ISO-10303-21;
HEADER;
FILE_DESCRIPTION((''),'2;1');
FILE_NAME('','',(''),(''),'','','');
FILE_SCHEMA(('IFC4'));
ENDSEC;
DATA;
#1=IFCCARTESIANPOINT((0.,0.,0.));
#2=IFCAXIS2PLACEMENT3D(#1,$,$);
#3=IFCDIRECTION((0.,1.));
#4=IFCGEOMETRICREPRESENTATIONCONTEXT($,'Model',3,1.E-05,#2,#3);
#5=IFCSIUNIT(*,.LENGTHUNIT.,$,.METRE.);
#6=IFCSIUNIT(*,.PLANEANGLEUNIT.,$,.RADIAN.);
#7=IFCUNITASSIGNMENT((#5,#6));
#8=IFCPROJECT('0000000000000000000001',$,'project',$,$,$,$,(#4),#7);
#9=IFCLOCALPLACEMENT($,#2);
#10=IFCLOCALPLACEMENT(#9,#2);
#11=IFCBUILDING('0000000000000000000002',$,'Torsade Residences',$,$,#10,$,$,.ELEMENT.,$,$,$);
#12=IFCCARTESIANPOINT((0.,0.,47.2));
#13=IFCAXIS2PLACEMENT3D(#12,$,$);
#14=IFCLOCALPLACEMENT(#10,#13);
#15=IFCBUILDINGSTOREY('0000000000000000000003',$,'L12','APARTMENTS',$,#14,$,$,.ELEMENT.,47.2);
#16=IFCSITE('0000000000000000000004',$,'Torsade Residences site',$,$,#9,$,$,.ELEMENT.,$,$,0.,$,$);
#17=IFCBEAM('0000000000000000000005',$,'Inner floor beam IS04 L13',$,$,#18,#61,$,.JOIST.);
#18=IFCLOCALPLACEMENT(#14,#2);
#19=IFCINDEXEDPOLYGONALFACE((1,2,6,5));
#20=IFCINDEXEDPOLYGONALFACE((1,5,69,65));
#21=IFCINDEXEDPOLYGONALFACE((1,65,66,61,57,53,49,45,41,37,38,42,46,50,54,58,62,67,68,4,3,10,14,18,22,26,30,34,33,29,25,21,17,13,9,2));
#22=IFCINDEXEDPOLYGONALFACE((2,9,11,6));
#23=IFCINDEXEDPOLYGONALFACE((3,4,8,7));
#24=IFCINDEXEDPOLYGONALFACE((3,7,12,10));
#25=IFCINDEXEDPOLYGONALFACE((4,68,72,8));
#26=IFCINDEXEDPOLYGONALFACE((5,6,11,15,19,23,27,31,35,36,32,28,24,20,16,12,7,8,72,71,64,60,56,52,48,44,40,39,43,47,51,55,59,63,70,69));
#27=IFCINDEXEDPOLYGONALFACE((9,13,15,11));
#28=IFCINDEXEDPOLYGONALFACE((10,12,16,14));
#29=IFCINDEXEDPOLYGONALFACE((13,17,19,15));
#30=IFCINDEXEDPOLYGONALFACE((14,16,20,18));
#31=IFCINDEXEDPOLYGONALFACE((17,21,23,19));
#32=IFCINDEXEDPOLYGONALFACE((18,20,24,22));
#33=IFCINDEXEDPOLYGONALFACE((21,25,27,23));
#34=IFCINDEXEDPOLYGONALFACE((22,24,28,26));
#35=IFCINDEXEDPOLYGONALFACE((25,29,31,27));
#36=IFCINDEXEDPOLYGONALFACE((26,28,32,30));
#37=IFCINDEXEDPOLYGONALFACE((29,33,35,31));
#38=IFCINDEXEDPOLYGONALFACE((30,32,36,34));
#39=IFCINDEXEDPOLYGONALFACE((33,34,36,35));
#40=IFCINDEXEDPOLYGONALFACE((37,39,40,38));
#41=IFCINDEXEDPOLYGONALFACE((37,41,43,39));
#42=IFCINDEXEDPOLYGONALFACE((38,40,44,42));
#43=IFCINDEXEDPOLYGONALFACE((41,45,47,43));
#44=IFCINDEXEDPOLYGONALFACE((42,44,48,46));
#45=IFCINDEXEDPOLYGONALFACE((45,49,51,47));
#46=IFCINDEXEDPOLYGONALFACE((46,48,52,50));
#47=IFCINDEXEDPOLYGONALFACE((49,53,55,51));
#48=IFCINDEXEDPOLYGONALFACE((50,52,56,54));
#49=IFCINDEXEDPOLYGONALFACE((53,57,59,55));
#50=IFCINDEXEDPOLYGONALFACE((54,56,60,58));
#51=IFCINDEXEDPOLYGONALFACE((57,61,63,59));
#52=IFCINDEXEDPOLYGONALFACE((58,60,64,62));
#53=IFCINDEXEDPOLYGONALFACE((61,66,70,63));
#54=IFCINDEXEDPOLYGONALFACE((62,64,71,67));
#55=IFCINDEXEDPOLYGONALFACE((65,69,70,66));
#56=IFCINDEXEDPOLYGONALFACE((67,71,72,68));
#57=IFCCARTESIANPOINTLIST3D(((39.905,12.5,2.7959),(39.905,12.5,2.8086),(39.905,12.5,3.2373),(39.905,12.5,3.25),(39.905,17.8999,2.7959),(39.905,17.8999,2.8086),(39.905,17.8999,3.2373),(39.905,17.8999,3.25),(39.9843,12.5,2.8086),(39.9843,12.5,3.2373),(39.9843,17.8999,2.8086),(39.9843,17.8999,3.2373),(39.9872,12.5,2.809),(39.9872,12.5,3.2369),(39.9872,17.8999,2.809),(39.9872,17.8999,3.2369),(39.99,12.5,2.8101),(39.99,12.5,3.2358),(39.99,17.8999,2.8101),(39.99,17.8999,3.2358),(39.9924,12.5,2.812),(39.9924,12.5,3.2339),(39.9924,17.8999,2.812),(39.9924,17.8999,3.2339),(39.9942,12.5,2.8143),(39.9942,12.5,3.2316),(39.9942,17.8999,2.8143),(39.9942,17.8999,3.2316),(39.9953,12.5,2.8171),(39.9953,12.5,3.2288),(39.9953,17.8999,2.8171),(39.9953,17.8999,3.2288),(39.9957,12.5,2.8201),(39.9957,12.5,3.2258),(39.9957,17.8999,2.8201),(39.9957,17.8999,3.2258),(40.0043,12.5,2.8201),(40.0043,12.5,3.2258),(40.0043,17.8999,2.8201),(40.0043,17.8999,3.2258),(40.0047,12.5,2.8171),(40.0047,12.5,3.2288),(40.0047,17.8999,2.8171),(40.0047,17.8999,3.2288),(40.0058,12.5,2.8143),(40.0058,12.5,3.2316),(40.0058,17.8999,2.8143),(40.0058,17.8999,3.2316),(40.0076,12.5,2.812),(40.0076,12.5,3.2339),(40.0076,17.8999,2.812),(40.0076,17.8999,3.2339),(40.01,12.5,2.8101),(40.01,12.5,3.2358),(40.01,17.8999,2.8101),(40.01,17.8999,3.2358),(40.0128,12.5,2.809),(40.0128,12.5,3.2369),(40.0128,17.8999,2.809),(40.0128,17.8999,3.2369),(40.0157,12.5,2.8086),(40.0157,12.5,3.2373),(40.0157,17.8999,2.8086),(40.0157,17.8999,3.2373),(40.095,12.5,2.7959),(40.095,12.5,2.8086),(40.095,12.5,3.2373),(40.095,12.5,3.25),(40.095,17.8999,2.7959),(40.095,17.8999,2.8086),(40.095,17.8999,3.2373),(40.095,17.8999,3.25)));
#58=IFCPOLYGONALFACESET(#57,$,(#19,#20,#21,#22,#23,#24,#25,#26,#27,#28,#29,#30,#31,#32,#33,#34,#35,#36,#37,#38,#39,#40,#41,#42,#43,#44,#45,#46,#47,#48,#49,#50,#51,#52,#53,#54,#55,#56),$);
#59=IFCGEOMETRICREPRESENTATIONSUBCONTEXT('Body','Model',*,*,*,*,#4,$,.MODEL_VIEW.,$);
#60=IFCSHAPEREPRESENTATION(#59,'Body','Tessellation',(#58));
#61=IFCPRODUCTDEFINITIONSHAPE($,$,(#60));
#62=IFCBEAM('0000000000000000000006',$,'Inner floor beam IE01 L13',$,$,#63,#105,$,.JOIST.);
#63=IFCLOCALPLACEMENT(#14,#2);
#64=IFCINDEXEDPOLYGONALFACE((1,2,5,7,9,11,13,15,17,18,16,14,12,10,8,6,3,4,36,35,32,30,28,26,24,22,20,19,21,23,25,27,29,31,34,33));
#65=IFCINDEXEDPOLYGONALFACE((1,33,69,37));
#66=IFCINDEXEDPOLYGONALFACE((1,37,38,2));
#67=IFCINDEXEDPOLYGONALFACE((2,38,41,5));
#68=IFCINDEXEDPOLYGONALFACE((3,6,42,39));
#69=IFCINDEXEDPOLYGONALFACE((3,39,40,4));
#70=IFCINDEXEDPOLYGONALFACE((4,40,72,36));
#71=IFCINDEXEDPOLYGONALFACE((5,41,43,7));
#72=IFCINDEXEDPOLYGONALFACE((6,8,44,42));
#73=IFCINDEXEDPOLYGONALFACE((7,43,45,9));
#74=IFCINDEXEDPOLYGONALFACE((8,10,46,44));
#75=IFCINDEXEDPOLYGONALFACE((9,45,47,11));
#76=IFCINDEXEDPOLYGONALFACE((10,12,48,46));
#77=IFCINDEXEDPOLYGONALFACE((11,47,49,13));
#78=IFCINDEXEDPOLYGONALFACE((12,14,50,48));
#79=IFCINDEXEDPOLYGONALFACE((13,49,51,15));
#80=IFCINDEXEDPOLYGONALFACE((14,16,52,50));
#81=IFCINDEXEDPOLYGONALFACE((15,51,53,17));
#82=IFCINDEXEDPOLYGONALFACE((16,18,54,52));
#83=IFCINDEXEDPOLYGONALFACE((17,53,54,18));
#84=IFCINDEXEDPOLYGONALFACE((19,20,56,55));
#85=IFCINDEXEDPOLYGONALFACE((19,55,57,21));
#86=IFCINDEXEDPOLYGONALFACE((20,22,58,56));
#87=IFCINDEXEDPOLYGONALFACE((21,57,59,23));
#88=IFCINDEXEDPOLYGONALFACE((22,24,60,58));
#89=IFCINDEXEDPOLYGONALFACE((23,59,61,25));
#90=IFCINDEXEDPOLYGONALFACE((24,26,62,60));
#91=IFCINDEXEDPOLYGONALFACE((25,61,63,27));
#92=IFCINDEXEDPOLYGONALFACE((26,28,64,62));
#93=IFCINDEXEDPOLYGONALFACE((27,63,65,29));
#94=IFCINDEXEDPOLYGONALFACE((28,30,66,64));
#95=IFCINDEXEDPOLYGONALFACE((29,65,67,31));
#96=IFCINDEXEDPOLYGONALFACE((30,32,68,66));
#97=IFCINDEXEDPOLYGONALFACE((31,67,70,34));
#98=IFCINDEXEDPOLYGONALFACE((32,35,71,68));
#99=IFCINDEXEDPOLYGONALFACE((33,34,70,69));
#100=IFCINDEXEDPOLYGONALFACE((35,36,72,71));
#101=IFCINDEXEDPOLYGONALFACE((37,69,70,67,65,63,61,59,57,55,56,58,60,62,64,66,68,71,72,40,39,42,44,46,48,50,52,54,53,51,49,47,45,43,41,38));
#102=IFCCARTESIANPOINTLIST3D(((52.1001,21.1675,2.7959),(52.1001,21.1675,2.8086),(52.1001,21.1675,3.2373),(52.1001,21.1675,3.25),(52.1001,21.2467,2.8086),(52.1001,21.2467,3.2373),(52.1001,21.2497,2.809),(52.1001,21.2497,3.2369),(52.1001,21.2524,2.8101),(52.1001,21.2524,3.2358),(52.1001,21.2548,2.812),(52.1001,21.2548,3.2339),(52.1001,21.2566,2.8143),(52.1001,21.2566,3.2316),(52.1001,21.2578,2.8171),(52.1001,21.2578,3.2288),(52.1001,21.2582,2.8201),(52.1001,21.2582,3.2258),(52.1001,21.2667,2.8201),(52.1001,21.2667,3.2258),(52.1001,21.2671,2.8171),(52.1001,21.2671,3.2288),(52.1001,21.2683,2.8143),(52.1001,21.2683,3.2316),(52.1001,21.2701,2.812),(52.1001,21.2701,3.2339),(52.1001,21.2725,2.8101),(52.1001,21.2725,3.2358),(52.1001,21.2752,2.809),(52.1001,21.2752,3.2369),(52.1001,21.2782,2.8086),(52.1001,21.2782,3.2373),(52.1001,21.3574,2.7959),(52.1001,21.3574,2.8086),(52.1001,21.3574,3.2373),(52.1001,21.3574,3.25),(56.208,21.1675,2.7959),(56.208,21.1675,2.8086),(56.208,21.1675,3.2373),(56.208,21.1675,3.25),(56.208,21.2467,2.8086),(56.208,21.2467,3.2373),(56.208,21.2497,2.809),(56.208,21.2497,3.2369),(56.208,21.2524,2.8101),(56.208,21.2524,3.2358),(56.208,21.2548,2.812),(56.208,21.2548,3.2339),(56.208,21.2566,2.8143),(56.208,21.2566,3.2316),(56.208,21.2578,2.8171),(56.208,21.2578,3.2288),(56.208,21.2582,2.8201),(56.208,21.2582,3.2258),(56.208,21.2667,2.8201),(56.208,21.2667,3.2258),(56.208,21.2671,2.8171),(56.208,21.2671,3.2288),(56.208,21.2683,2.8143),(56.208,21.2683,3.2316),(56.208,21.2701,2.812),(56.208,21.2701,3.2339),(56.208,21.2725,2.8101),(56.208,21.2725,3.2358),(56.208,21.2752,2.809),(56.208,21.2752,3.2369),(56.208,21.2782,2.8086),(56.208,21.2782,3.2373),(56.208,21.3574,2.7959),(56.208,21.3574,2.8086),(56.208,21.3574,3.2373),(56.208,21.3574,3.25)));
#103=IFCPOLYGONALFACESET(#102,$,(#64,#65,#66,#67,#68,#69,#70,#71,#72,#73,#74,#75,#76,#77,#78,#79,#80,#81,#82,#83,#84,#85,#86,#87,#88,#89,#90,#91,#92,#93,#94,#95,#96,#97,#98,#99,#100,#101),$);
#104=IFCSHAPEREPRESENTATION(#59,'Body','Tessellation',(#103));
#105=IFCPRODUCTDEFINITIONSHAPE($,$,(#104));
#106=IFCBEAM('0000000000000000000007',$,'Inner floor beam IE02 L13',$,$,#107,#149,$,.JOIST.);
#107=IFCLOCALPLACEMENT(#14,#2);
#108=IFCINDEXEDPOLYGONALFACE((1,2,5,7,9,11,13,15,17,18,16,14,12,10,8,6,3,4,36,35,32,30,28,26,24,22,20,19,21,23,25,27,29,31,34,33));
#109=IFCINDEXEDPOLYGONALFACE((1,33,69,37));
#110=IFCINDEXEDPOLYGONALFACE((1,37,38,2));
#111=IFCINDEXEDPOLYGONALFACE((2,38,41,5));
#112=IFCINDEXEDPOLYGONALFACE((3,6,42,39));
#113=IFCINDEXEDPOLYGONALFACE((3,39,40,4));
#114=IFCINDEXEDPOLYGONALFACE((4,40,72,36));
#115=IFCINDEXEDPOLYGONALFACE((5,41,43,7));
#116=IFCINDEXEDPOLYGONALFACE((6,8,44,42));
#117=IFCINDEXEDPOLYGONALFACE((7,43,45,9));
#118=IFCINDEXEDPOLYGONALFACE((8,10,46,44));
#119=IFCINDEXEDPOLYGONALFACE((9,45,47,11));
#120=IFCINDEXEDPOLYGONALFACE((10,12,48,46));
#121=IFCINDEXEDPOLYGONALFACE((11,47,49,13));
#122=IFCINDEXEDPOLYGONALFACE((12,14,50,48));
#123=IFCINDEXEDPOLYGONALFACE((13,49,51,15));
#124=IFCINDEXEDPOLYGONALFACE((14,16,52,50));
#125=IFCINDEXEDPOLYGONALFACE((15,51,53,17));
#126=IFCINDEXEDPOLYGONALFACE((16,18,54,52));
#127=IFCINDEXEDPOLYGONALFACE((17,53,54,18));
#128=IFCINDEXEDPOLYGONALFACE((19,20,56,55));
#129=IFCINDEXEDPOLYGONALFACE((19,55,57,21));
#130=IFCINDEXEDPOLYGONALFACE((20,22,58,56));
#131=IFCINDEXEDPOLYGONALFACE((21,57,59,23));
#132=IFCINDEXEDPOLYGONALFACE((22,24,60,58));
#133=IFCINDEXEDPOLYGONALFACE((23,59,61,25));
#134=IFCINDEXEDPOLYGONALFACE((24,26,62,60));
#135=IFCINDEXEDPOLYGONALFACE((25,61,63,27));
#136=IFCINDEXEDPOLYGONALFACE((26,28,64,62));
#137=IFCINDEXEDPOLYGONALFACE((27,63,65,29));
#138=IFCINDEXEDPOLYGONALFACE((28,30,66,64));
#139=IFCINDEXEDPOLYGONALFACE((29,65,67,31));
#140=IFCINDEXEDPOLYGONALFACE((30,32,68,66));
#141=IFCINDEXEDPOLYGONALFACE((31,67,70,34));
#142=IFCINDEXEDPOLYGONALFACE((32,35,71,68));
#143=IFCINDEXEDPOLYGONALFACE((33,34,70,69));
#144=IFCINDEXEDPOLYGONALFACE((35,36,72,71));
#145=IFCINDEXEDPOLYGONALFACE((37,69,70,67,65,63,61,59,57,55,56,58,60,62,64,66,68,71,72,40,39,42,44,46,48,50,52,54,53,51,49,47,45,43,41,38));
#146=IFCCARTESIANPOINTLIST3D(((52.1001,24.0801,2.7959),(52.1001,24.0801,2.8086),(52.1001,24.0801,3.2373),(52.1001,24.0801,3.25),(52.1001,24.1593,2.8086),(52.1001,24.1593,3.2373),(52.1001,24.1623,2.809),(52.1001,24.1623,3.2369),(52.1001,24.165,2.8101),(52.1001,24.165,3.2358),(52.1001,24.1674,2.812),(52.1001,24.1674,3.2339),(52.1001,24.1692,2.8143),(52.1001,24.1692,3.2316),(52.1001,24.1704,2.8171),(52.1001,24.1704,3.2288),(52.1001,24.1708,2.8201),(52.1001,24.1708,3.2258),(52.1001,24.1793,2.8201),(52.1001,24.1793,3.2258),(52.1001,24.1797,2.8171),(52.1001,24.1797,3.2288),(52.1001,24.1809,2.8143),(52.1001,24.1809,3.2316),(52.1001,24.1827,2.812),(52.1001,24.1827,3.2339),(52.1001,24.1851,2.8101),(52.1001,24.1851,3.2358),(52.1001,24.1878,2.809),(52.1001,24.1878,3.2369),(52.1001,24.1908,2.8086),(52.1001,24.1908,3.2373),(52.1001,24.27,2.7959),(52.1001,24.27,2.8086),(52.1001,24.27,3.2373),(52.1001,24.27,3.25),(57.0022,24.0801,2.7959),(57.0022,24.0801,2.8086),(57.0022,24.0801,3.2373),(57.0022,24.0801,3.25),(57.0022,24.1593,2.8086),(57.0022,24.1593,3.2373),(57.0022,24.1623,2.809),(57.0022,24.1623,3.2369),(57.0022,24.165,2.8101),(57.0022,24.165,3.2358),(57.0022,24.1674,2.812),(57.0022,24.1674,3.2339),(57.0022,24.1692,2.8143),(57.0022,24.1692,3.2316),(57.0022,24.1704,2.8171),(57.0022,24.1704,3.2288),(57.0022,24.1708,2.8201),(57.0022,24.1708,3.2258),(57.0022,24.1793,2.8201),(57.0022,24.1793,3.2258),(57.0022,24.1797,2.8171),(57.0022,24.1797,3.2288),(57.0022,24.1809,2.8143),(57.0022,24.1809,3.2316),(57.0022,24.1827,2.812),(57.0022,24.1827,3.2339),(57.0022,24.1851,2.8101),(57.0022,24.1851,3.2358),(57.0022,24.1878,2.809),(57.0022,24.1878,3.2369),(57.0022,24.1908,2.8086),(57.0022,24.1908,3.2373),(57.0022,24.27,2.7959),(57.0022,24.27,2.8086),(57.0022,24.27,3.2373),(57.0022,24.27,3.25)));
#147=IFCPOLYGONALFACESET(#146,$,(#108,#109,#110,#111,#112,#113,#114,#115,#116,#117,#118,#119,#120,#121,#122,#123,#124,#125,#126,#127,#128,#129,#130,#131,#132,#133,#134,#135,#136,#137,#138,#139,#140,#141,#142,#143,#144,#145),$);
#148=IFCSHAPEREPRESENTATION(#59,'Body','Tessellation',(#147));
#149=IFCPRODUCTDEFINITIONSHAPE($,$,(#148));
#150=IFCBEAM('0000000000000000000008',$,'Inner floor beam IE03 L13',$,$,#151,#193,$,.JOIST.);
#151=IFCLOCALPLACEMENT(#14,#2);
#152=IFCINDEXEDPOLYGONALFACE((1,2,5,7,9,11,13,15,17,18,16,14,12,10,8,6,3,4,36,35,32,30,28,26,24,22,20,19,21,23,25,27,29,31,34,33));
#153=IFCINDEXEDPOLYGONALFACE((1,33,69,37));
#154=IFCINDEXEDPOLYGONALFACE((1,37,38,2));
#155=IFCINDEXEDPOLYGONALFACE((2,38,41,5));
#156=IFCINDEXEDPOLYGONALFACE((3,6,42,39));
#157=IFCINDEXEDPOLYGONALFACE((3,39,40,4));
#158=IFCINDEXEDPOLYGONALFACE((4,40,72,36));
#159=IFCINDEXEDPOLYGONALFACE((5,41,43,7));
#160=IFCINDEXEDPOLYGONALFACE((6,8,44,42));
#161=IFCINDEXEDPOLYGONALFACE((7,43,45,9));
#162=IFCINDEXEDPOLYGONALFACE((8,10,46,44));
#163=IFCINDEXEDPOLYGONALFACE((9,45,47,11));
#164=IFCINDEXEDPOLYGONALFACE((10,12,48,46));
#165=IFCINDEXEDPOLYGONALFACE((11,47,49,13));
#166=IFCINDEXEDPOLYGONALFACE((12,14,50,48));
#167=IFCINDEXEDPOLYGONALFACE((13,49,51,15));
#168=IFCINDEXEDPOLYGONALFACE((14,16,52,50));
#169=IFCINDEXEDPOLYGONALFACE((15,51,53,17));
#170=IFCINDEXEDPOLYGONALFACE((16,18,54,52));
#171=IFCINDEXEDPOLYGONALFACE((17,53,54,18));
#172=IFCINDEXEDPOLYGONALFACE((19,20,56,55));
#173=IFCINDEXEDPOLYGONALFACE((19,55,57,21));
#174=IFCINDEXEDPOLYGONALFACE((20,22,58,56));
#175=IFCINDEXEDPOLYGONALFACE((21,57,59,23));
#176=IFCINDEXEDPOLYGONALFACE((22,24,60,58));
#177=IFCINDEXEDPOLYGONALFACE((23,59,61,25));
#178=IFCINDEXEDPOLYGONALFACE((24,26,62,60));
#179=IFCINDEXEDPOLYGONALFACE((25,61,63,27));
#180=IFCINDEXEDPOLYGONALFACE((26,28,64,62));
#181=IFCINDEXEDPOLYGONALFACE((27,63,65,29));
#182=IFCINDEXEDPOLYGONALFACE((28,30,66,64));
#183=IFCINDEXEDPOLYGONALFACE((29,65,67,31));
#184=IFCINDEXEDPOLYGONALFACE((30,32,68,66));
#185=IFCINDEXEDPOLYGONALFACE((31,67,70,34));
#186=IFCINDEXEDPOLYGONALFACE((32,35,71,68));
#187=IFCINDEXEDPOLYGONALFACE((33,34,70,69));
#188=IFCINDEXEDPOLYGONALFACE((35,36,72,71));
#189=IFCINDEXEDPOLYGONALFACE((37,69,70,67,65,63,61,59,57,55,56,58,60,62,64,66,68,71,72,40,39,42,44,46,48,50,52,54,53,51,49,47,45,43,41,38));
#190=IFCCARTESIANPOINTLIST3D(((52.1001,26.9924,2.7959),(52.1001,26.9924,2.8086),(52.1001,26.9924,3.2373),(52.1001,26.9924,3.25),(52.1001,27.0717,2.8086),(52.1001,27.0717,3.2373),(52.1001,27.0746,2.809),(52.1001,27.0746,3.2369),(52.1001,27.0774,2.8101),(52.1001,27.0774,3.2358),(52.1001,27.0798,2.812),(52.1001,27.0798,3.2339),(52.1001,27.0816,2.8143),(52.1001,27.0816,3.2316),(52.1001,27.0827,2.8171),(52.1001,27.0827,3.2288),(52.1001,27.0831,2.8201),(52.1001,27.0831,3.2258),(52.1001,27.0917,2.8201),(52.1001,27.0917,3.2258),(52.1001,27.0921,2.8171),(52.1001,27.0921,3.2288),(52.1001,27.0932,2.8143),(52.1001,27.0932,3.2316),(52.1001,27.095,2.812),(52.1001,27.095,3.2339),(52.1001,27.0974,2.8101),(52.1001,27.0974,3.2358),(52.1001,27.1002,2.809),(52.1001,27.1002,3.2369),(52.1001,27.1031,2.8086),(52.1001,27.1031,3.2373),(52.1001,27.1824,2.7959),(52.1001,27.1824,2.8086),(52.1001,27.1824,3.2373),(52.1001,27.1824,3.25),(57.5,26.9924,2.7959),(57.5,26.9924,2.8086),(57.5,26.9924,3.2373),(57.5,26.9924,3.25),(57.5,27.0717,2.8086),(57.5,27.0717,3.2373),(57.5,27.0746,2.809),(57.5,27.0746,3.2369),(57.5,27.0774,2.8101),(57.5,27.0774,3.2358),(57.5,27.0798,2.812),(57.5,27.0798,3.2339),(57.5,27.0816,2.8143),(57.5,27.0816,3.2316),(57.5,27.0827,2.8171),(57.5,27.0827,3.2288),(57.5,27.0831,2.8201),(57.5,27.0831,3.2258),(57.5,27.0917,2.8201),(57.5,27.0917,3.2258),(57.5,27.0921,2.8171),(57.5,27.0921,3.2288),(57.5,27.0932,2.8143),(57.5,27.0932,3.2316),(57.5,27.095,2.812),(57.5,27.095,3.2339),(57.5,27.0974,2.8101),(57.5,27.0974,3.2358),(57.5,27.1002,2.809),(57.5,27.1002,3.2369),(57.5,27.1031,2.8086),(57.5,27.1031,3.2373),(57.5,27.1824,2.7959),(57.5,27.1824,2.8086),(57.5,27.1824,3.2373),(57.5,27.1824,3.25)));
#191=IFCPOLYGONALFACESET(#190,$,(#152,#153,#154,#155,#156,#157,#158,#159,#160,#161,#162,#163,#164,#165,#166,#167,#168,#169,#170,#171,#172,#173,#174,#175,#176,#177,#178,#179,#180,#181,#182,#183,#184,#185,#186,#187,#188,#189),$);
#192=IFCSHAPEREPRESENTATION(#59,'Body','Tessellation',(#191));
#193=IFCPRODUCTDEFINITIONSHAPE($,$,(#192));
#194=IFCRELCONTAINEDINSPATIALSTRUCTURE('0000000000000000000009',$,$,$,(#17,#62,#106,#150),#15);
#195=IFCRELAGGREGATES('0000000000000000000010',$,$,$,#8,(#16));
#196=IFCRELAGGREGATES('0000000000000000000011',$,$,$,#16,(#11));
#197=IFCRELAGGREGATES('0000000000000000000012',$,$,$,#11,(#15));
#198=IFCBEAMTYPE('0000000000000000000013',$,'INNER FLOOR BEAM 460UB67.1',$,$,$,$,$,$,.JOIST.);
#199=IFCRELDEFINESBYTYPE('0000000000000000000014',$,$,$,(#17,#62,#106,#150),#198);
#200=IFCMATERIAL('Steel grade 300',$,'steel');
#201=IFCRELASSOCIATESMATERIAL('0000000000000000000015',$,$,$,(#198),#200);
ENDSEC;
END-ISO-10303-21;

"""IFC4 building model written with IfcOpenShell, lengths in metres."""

from ifc_helpers import new_model, si_unit, direction, frame, origin, origin_2d, place, context, subcontext, project, spatial, i_section, extrude, material, material_profile, profile_set, type_object, element, save


model = new_model("IFC4")

# Units and contexts
model_context = context("Model", 3, precision=1e-05, world=origin(), true_north=direction((0.0, 1.0)))
body_context = subcontext(model_context, "Body", "Model", "MODEL_VIEW")
ifc_project = project(units=[si_unit("LENGTHUNIT", "METRE"), si_unit("PLANEANGLEUNIT", "RADIAN")], contexts=[model_context])

# Site, building, storey
site_placement = place(None, origin())
site = spatial("IfcSite", under=ifc_project, at=site_placement, Name="Torsade Residences site", CompositionType="ELEMENT", RefElevation=0.0)
building_placement = place(site_placement, origin())
building = spatial("IfcBuilding", under=site, at=building_placement, Name="Torsade Residences", CompositionType="ELEMENT")
storey_placement = place(building_placement, frame((0.0, 0.0, 47.2)))
storey = spatial("IfcBuildingStorey", under=building, at=storey_placement, Name="L12", Description="APARTMENTS", CompositionType="ELEMENT", Elevation=47.2)

# Beams
ifc_material_1 = material(Name="Steel grade 300", Category="steel")
ifc_material_profile_1 = material_profile(ifc_material_1, i_section(OverallWidth=0.1899, OverallDepth=0.4541, WebThickness=0.0085, FlangeThickness=0.0127, FilletRadius=0.0115, at=origin_2d()), Name="460UB67.1")
ifc_profile_set_1 = profile_set([ifc_material_profile_1], Name="Steel grade 300")
beam_type_1 = type_object("IfcBeamType", Name="INNER FLOOR BEAM 460UB67.1", PredefinedType="JOIST", material=ifc_profile_set_1)
for number, where, z_axis, x_axis, name in (
    (1, (40.0, 17.8999, 3.0229), (0.0, -1.0, 0.0), (1.0, 0.0, 0.0), "Inner floor beam IS04 L13"),
):
    element("IfcBeam", number, at=place(storey_placement, frame(where, z_axis=z_axis, x_axis=x_axis)), inside=storey, type_object=beam_type_1, Name=name, PredefinedType="JOIST", context=body_context, shape_type="SweptSolid", body=[
        extrude(i_section(OverallWidth=0.1899, OverallDepth=0.4541, WebThickness=0.0085, FlangeThickness=0.0127, FilletRadius=0.0115, at=origin_2d()), origin(), (0.0, 0.0, 1.0), 5.3999),
    ])
beam_1_placement = place(storey_placement, frame((52.1001, 21.2625, 3.0229), z_axis=(1.0, 0.0, 0.0), x_axis=(0.0, 1.0, 0.0)))
element("IfcBeam", 2, at=beam_1_placement, inside=storey, type_object=beam_type_1, Name="Inner floor beam IE01 L13", PredefinedType="JOIST", context=body_context, shape_type="SweptSolid", body=[
    extrude(i_section(OverallWidth=0.1899, OverallDepth=0.4541, WebThickness=0.0085, FlangeThickness=0.0127, FilletRadius=0.0115, at=origin_2d()), origin(), (0.0, 0.0, 1.0), 4.1079),
])
beam_2_placement = place(storey_placement, frame((52.1001, 24.175, 3.0229), z_axis=(1.0, 0.0, 0.0), x_axis=(0.0, 1.0, 0.0)))
element("IfcBeam", 3, at=beam_2_placement, inside=storey, type_object=beam_type_1, Name="Inner floor beam IE02 L13", PredefinedType="JOIST", context=body_context, shape_type="SweptSolid", body=[
    extrude(i_section(OverallWidth=0.1899, OverallDepth=0.4541, WebThickness=0.0085, FlangeThickness=0.0127, FilletRadius=0.0115, at=origin_2d()), origin(), (0.0, 0.0, 1.0), 4.9021),
])
beam_3_placement = place(storey_placement, frame((52.1001, 27.0874, 3.0229), z_axis=(1.0, 0.0, 0.0), x_axis=(0.0, 1.0, 0.0)))
element("IfcBeam", 4, at=beam_3_placement, inside=storey, type_object=beam_type_1, Name="Inner floor beam IE03 L13", PredefinedType="JOIST", context=body_context, shape_type="SweptSolid", body=[
    extrude(i_section(OverallWidth=0.1899, OverallDepth=0.4541, WebThickness=0.0085, FlangeThickness=0.0127, FilletRadius=0.0115, at=origin_2d()), origin(), (0.0, 0.0, 1.0), 5.3999),
])

save(model, "model.ifc")
